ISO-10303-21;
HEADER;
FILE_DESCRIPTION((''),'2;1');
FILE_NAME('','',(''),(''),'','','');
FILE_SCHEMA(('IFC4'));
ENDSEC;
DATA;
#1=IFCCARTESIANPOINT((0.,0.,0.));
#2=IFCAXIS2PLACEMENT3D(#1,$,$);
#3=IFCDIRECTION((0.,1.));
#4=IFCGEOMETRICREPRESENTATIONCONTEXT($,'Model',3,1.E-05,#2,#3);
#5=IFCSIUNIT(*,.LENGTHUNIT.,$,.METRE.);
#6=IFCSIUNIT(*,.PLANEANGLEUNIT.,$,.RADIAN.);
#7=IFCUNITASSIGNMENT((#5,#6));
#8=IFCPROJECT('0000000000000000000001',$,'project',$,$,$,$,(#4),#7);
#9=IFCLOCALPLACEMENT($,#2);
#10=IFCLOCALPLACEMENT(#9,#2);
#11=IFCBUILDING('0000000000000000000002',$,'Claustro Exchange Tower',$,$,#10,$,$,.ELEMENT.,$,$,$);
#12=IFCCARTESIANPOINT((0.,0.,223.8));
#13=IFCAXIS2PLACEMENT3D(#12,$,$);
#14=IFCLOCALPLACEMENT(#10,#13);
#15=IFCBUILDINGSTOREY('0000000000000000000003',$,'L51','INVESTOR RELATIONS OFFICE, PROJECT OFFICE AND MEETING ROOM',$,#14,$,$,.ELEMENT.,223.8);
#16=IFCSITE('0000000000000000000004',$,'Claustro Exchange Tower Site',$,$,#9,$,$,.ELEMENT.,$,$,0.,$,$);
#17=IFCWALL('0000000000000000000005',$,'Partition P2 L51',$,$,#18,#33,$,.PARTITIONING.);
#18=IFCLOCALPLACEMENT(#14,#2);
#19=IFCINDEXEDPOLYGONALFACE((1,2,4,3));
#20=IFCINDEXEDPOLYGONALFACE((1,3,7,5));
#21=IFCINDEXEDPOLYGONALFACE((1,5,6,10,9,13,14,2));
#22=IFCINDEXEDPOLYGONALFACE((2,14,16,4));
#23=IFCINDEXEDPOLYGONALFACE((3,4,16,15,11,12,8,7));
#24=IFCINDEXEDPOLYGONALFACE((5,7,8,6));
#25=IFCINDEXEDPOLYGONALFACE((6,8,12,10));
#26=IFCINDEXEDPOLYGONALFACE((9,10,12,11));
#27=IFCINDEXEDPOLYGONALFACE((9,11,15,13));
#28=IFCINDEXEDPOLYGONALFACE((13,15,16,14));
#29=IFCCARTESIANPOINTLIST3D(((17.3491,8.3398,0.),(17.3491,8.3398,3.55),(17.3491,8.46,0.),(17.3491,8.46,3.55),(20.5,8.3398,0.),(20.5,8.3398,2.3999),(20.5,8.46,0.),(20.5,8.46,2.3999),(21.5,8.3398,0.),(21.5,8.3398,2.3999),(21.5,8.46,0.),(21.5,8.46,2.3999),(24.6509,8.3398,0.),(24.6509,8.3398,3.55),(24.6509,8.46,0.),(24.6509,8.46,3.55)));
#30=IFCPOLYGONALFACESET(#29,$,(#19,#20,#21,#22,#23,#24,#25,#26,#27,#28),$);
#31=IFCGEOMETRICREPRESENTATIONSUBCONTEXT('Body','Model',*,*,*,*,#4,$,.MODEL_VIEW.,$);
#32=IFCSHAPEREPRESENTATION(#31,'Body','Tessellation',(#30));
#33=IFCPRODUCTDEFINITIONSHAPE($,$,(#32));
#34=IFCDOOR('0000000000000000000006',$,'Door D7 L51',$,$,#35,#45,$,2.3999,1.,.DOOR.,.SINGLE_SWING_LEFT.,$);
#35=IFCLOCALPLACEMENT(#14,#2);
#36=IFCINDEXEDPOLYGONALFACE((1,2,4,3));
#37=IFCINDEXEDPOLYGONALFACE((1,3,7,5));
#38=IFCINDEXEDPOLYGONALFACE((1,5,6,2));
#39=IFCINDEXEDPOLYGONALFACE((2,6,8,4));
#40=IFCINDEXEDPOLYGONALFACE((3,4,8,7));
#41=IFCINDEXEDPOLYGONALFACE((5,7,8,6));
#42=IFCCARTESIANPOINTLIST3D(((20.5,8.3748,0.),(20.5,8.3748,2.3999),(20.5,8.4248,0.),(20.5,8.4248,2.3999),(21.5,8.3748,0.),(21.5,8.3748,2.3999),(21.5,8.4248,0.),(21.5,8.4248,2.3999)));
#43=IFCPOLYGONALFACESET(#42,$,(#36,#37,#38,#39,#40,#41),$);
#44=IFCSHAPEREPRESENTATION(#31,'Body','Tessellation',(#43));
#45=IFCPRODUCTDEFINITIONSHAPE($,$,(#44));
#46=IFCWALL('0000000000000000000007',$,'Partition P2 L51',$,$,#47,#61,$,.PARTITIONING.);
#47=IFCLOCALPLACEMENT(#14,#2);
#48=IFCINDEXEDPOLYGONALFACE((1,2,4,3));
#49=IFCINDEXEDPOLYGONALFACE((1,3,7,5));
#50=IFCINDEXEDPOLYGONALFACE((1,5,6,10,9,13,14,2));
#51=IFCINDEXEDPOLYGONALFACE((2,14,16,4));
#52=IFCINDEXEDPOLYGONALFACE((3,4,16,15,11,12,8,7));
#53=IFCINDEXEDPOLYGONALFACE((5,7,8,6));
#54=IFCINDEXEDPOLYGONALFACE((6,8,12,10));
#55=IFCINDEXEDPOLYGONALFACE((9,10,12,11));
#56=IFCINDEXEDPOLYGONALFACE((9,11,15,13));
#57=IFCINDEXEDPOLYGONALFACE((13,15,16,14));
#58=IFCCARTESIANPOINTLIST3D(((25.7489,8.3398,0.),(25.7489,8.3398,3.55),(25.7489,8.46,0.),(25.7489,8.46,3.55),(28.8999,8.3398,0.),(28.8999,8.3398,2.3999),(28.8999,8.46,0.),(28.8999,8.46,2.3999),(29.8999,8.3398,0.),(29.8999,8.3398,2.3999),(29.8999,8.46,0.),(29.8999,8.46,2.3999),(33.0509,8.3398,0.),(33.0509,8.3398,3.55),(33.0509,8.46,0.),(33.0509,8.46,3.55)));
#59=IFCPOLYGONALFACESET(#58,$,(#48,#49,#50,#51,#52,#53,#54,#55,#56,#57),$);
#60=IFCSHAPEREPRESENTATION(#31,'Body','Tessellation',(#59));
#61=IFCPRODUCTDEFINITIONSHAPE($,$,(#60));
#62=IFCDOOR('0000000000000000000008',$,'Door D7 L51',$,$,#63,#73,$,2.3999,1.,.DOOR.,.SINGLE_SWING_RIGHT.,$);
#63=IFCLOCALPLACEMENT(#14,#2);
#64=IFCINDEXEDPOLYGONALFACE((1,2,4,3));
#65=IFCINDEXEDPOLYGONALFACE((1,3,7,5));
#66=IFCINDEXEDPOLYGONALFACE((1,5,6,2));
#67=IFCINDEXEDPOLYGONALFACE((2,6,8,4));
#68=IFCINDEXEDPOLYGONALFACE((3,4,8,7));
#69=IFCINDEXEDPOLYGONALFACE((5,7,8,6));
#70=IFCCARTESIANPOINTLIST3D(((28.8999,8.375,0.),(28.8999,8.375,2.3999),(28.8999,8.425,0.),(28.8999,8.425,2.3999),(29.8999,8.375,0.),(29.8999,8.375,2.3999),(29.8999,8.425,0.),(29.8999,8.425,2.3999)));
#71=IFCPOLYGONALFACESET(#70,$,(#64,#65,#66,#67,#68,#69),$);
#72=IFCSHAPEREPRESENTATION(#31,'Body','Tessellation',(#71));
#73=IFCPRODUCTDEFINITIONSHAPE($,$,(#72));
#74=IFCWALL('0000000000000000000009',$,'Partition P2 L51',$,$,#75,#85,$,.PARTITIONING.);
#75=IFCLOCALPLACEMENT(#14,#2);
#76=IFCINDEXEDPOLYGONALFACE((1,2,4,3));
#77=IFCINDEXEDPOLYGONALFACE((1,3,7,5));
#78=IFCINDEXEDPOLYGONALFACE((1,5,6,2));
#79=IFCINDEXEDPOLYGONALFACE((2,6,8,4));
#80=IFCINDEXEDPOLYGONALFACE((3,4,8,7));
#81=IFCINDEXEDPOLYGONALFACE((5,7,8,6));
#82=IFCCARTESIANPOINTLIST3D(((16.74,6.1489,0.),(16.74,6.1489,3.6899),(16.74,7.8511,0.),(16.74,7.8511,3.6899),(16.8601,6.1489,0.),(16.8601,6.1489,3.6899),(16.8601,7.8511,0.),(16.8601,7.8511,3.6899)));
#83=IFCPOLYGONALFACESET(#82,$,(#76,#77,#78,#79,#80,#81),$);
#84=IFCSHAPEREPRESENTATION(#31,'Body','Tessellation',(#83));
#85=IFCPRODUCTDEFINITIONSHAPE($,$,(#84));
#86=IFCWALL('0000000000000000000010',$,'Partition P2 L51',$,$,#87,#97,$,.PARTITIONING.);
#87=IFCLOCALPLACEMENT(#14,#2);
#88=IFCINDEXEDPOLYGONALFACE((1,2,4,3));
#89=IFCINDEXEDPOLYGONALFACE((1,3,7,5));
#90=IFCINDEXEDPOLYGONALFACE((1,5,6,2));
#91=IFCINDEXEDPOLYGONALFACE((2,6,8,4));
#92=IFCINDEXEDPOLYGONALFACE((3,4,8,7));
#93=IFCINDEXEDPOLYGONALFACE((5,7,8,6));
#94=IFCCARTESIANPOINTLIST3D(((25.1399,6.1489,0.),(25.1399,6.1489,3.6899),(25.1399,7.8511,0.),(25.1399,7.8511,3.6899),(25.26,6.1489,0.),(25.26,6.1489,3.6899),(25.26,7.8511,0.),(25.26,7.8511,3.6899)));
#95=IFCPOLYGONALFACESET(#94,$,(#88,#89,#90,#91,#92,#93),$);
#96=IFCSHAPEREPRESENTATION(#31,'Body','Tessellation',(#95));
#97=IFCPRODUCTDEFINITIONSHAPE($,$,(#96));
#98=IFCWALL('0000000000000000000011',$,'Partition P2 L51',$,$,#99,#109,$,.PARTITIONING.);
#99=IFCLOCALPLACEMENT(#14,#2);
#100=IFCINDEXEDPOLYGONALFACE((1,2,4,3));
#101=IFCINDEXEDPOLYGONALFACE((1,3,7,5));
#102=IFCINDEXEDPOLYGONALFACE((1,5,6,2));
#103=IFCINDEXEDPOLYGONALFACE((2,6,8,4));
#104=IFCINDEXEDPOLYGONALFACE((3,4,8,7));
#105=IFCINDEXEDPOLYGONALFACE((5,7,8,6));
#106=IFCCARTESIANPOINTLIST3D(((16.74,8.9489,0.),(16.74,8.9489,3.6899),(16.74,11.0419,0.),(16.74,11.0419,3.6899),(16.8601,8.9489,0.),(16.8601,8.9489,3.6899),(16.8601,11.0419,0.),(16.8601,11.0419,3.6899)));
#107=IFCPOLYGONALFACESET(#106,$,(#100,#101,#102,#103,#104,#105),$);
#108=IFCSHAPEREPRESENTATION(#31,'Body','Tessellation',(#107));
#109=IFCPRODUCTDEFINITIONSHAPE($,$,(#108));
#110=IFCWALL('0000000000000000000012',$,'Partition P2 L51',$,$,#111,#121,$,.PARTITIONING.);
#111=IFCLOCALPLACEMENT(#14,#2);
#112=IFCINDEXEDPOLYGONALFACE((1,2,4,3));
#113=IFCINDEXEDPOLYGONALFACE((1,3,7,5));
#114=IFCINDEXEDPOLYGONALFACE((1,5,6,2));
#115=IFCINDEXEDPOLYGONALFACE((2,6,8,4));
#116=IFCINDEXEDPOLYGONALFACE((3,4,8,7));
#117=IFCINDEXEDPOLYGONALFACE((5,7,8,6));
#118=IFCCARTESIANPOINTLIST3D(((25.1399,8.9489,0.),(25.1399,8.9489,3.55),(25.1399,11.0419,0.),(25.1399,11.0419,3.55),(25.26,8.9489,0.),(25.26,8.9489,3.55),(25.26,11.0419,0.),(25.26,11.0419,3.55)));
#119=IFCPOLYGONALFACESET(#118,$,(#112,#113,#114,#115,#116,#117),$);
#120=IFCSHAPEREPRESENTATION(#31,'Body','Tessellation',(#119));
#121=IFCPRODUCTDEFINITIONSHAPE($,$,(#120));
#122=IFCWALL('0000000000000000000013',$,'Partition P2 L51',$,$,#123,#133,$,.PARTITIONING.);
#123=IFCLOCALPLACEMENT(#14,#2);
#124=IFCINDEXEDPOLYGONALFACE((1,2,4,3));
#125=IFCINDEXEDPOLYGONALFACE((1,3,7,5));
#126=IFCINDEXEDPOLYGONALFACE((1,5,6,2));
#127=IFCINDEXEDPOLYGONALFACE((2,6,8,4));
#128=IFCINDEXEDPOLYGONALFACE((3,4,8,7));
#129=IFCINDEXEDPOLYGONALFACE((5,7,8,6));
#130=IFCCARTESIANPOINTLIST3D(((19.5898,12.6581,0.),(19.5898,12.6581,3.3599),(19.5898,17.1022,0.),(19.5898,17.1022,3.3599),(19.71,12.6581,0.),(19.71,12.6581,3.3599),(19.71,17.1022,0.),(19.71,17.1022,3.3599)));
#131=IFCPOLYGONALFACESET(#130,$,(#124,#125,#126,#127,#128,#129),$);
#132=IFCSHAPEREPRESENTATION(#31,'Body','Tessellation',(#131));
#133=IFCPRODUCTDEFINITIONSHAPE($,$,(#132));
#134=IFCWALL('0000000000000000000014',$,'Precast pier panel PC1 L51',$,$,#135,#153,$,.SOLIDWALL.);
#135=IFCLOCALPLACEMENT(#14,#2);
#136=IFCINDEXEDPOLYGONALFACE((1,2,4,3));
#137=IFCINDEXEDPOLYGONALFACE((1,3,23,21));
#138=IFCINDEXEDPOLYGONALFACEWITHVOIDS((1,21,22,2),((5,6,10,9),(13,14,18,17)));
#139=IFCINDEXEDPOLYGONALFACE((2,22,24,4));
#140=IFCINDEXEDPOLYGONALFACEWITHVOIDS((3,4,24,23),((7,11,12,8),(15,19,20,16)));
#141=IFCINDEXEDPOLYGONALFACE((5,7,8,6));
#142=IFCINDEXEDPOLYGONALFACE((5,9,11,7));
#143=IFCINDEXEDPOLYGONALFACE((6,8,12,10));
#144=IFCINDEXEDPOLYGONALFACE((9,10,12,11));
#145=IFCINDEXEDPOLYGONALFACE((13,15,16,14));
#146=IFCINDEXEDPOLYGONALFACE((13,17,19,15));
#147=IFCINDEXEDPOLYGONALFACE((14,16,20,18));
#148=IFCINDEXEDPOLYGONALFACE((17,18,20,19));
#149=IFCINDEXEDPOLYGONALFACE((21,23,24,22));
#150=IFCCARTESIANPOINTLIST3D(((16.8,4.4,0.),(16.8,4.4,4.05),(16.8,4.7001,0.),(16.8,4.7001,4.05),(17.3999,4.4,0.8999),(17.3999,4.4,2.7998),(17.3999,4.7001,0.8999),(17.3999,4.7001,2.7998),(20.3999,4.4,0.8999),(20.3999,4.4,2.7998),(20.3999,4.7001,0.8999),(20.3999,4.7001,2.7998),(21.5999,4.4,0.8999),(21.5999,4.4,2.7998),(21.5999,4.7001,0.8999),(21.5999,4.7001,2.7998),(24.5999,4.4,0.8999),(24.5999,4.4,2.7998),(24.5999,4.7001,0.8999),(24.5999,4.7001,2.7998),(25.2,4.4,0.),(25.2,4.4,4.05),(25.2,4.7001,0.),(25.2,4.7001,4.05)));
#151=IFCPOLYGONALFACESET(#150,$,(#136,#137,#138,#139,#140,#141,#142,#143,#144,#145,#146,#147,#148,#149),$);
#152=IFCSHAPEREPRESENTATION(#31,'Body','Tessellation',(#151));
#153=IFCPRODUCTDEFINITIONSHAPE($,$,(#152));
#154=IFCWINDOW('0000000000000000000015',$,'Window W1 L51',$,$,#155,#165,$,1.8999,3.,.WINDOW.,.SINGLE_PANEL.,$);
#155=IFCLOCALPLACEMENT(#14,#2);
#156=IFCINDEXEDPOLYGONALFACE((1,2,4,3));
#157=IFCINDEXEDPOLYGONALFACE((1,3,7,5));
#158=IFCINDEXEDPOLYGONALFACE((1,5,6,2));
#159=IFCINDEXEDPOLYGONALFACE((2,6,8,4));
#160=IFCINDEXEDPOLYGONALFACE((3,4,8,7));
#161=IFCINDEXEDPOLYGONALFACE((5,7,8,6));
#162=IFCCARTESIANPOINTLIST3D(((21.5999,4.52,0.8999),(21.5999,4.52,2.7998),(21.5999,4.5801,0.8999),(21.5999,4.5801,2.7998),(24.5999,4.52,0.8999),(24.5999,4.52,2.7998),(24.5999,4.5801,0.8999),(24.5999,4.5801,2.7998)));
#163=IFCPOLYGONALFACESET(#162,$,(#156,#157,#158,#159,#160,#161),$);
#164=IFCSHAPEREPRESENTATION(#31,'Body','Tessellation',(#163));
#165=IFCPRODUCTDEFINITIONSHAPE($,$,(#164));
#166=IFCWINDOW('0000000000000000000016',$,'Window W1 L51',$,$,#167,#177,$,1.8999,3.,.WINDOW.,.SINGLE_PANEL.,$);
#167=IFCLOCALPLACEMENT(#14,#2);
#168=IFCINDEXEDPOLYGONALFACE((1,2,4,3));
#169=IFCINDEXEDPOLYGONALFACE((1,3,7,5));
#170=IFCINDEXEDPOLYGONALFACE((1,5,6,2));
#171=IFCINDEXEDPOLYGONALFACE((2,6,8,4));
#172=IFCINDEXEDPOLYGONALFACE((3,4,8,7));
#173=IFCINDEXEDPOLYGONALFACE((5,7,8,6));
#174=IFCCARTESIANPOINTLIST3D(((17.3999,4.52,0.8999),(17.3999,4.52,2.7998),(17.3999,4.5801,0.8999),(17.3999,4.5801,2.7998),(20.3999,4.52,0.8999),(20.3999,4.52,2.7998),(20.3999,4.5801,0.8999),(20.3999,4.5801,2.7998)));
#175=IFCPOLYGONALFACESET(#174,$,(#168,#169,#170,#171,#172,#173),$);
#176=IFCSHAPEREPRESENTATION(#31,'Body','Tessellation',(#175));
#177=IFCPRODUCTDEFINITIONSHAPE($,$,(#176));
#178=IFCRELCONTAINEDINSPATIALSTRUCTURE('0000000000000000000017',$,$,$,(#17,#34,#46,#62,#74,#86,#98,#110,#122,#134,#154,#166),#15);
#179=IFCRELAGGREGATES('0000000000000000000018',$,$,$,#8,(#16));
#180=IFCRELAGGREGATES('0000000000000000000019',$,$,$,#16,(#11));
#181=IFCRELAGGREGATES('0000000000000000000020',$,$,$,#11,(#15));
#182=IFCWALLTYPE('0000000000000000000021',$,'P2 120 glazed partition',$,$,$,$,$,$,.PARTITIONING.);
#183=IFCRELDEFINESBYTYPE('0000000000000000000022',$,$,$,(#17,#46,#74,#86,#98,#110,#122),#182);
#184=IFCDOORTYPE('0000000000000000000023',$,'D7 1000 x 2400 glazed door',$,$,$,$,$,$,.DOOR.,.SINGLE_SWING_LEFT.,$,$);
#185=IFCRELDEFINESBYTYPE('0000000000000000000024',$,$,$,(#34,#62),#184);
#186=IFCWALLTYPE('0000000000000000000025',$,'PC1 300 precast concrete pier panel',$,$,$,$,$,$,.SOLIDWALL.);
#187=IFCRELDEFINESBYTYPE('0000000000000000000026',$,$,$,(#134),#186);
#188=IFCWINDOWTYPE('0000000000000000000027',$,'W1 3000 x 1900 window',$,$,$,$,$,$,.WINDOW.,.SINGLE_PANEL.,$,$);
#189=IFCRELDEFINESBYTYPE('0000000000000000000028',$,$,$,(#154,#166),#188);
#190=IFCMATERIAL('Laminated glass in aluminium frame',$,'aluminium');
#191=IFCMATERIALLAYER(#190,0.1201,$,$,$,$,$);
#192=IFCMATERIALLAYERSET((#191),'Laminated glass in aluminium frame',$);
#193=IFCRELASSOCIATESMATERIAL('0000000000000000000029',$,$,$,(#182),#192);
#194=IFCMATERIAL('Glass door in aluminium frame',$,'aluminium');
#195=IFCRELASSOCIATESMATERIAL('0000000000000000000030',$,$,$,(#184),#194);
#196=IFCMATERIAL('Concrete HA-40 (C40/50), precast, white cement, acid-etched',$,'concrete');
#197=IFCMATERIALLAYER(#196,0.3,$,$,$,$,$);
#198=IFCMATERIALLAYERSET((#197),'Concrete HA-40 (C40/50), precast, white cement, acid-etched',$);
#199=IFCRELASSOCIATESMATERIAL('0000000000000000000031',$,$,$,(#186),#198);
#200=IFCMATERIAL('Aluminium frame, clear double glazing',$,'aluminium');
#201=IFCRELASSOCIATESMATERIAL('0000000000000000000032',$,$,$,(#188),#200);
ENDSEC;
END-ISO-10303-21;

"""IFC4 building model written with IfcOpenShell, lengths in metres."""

from ifc_helpers import new_model, si_unit, direction, frame, frame_2d, origin, place, context, subcontext, project, spatial, rectangle, extrude, material, layer, layer_set, type_object, element, fill, save


model = new_model("IFC4")

# Units and contexts
model_context = context("Model", 3, precision=1e-05, world=origin(), true_north=direction((0.0, 1.0)))
body_context = subcontext(model_context, "Body", "Model", "MODEL_VIEW")
ifc_project = project(units=[si_unit("LENGTHUNIT", "METRE"), si_unit("PLANEANGLEUNIT", "RADIAN")], contexts=[model_context])

# Site, building, storey
site_placement = place(None, origin())
site = spatial("IfcSite", under=ifc_project, at=site_placement, Name="Claustro Exchange Tower Site", CompositionType="ELEMENT", RefElevation=0.0)
building_placement = place(site_placement, origin())
building = spatial("IfcBuilding", under=site, at=building_placement, Name="Claustro Exchange Tower", CompositionType="ELEMENT")
storey_placement = place(building_placement, frame((0.0, 0.0, 223.8)))
storey = spatial("IfcBuildingStorey", under=building, at=storey_placement, Name="L51", Description="INVESTOR RELATIONS OFFICE, PROJECT OFFICE AND MEETING ROOM", CompositionType="ELEMENT", Elevation=223.8)

# Walls, openings, doors
ifc_material_1 = material(Name="Laminated glass in aluminium frame", Category="aluminium")
ifc_layer_1 = layer(ifc_material_1, 0.1201)
ifc_layer_set_1 = layer_set([ifc_layer_1], Name="Laminated glass in aluminium frame")
wall_type_1 = type_object("IfcWallType", Name="P2 120 glazed partition", PredefinedType="PARTITIONING", material=ifc_layer_set_1)
wall_1_placement = place(storey_placement, frame((17.3491, 8.3999, 0.0), z_axis=(0.0, 0.0, 1.0), x_axis=(1.0, 0.0, 0.0)))
wall_1 = element("IfcWall", 1, at=wall_1_placement, inside=storey, type_object=wall_type_1, Name="Partition P2 L51", PredefinedType="PARTITIONING", context=body_context, shape_type="SweptSolid", body=[
    extrude(rectangle(XDim=7.3018, YDim=0.1201, at=frame_2d((3.6509, 0.0))), origin(), (0.0, 0.0, 1.0), 3.55),
])
opening_1_placement = place(wall_1_placement, frame((3.1509, 0.0, 0.0)))
opening_1 = element("IfcOpeningElement", 2, at=opening_1_placement, cuts=wall_1, PredefinedType="OPENING", context=body_context, shape_type="SweptSolid", body=[
    extrude(rectangle(XDim=1.0, YDim=2.3999, at=frame_2d((0.5, 1.2))), frame((0.0, 0.0701, 0.0), z_axis=(0.0, -1.0, 0.0), x_axis=(1.0, 0.0, 0.0)), (0.0, 0.0, 1.0), 0.1401),
])
ifc_material_2 = material(Name="Glass door in aluminium frame", Category="aluminium")
door_type = type_object("IfcDoorType", Name="D7 1000 x 2400 glazed door", OperationType="SINGLE_SWING_LEFT", PredefinedType="DOOR", material=ifc_material_2)
door_1_placement = place(opening_1_placement, origin())
door_1 = element("IfcDoor", 3, at=door_1_placement, inside=storey, type_object=door_type, Name="Door D7 L51", OperationType="SINGLE_SWING_LEFT", OverallHeight=2.3999, OverallWidth=1.0, PredefinedType="DOOR", context=body_context, shape_type="SweptSolid", body=[
    extrude(rectangle(XDim=1.0, YDim=2.3999, at=frame_2d((0.5, 1.2))), frame((0.0, 0.0249, 0.0), z_axis=(0.0, -1.0, 0.0), x_axis=(1.0, 0.0, 0.0)), (0.0, 0.0, 1.0), 0.05),
])
fill(opening_1, door_1)
wall_2_placement = place(storey_placement, frame((25.749, 8.3999, 0.0), z_axis=(0.0, 0.0, 1.0), x_axis=(1.0, 0.0, 0.0)))
wall_2 = element("IfcWall", 4, at=wall_2_placement, inside=storey, type_object=wall_type_1, Name="Partition P2 L51", PredefinedType="PARTITIONING", context=body_context, shape_type="SweptSolid", body=[
    extrude(rectangle(XDim=7.302, YDim=0.1201, at=frame_2d((3.6509, 0.0))), origin(), (0.0, 0.0, 1.0), 3.55),
])
opening_2_placement = place(wall_2_placement, frame((3.1509, 0.0, 0.0)))
opening_2 = element("IfcOpeningElement", 5, at=opening_2_placement, cuts=wall_2, PredefinedType="OPENING", context=body_context, shape_type="SweptSolid", body=[
    extrude(rectangle(XDim=1.0, YDim=2.3999, at=frame_2d((0.5, 1.2))), frame((0.0, 0.0701, 0.0), z_axis=(0.0, -1.0, 0.0), x_axis=(1.0, 0.0, 0.0)), (0.0, 0.0, 1.0), 0.1401),
])
door_2_placement = place(opening_2_placement, frame((1.0, 0.0, 0.0), z_axis=(0.0, 0.0, 1.0), x_axis=(-1.0, 0.0, 0.0)))
door_2 = element("IfcDoor", 6, at=door_2_placement, inside=storey, type_object=door_type, Name="Door D7 L51", OperationType="SINGLE_SWING_RIGHT", OverallHeight=2.3999, OverallWidth=1.0, PredefinedType="DOOR", context=body_context, shape_type="SweptSolid", body=[
    extrude(rectangle(XDim=1.0, YDim=2.3999, at=frame_2d((0.5, 1.2))), frame((0.0, 0.0249, 0.0), z_axis=(0.0, -1.0, 0.0), x_axis=(1.0, 0.0, 0.0)), (0.0, 0.0, 1.0), 0.05),
])
fill(opening_2, door_2)

# Walls
for number, where, z_axis, x_axis, name in (
    (7, (16.8, 6.1489, 0.0), (0.0, 0.0, 1.0), (0.0, 1.0, 0.0), "Partition P2 L51"),
    (8, (25.2, 6.1489, 0.0), (0.0, 0.0, 1.0), (0.0, 1.0, 0.0), "Partition P2 L51"),
):
    element("IfcWall", number, at=place(storey_placement, frame(where, z_axis=z_axis, x_axis=x_axis)), inside=storey, type_object=wall_type_1, Name=name, PredefinedType="PARTITIONING", context=body_context, shape_type="SweptSolid", body=[
        extrude(rectangle(XDim=1.7021, YDim=0.1201, at=frame_2d((0.8511, 0.0))), origin(), (0.0, 0.0, 1.0), 3.6899),
    ])
wall_3_placement = place(storey_placement, frame((16.8, 8.949, 0.0), z_axis=(0.0, 0.0, 1.0), x_axis=(0.0, 1.0, 0.0)))
element("IfcWall", 9, at=wall_3_placement, inside=storey, type_object=wall_type_1, Name="Partition P2 L51", PredefinedType="PARTITIONING", context=body_context, shape_type="SweptSolid", body=[
    extrude(rectangle(XDim=2.093, YDim=0.1201, at=frame_2d((1.0464, 0.0))), origin(), (0.0, 0.0, 1.0), 3.6899),
])
wall_4_placement = place(storey_placement, frame((25.2, 8.949, 0.0), z_axis=(0.0, 0.0, 1.0), x_axis=(0.0, 1.0, 0.0)))
element("IfcWall", 10, at=wall_4_placement, inside=storey, type_object=wall_type_1, Name="Partition P2 L51", PredefinedType="PARTITIONING", context=body_context, shape_type="SweptSolid", body=[
    extrude(rectangle(XDim=2.093, YDim=0.1201, at=frame_2d((1.0464, 0.0))), origin(), (0.0, 0.0, 1.0), 3.55),
])
wall_5_placement = place(storey_placement, frame((19.6499, 12.658, 0.0), z_axis=(0.0, 0.0, 1.0), x_axis=(0.0, 1.0, 0.0)))
element("IfcWall", 11, at=wall_5_placement, inside=storey, type_object=wall_type_1, Name="Partition P2 L51", PredefinedType="PARTITIONING", context=body_context, shape_type="SweptSolid", body=[
    extrude(rectangle(XDim=4.4441, YDim=0.1201, at=frame_2d((2.2222, 0.0))), origin(), (0.0, 0.0, 1.0), 3.3599),
])

# Wall, openings, windows
ifc_material_3 = material(Name="Concrete HA-40 (C40/50), precast, white cement, acid-etched", Category="concrete")
ifc_layer_2 = layer(ifc_material_3, 0.3)
ifc_layer_set_2 = layer_set([ifc_layer_2], Name="Concrete HA-40 (C40/50), precast, white cement, acid-etched")
wall_type_2 = type_object("IfcWallType", Name="PC1 300 precast concrete pier panel", PredefinedType="SOLIDWALL", material=ifc_layer_set_2)
wall_6_placement = place(storey_placement, frame((25.2, 4.55, 0.0), z_axis=(0.0, 0.0, 1.0), x_axis=(-1.0, 0.0, 0.0)))
wall_6 = element("IfcWall", 12, at=wall_6_placement, inside=storey, type_object=wall_type_2, Name="Precast pier panel PC1 L51", PredefinedType="SOLIDWALL", context=body_context, shape_type="SweptSolid", body=[
    extrude(rectangle(XDim=8.3999, YDim=0.3, at=frame_2d((4.2, 0.0))), origin(), (0.0, 0.0, 1.0), 4.05),
])
opening_3_placement = place(wall_6_placement, frame((0.6001, 0.0, 0.8999)))
opening_3 = element("IfcOpeningElement", 13, at=opening_3_placement, cuts=wall_6, PredefinedType="OPENING", context=body_context, shape_type="SweptSolid", body=[
    extrude(rectangle(XDim=3.0, YDim=1.8999, at=frame_2d((1.5, 0.95))), frame((0.0, 0.1599, 0.0), z_axis=(0.0, -1.0, 0.0), x_axis=(1.0, 0.0, 0.0)), (0.0, 0.0, 1.0), 0.3201),
])
opening_4_placement = place(wall_6_placement, frame((4.8, 0.0, 0.8999)))
opening_4 = element("IfcOpeningElement", 14, at=opening_4_placement, cuts=wall_6, PredefinedType="OPENING", context=body_context, shape_type="SweptSolid", body=[
    extrude(rectangle(XDim=3.0, YDim=1.8999, at=frame_2d((1.5, 0.95))), frame((0.0, 0.1599, 0.0), z_axis=(0.0, -1.0, 0.0), x_axis=(1.0, 0.0, 0.0)), (0.0, 0.0, 1.0), 0.3201),
])
ifc_material_4 = material(Name="Aluminium frame, clear double glazing", Category="aluminium")
window_type = type_object("IfcWindowType", Name="W1 3000 x 1900 window", PartitioningType="SINGLE_PANEL", PredefinedType="WINDOW", material=ifc_material_4)
window_1_placement = place(opening_3_placement, origin())
window_1 = element("IfcWindow", 15, at=window_1_placement, inside=storey, type_object=window_type, Name="Window W1 L51", OverallHeight=1.8999, OverallWidth=3.0, PartitioningType="SINGLE_PANEL", PredefinedType="WINDOW", context=body_context, shape_type="SweptSolid", body=[
    extrude(rectangle(XDim=3.0, YDim=1.8999, at=frame_2d((1.5, 0.95))), frame((0.0, 0.03, 0.0), z_axis=(0.0, -1.0, 0.0), x_axis=(1.0, 0.0, 0.0)), (0.0, 0.0, 1.0), 0.0601),
])
fill(opening_3, window_1)
window_2_placement = place(opening_4_placement, origin())
window_2 = element("IfcWindow", 16, at=window_2_placement, inside=storey, type_object=window_type, Name="Window W1 L51", OverallHeight=1.8999, OverallWidth=3.0, PartitioningType="SINGLE_PANEL", PredefinedType="WINDOW", context=body_context, shape_type="SweptSolid", body=[
    extrude(rectangle(XDim=3.0, YDim=1.8999, at=frame_2d((1.5, 0.95))), frame((0.0, 0.03, 0.0), z_axis=(0.0, -1.0, 0.0), x_axis=(1.0, 0.0, 0.0)), (0.0, 0.0, 1.0), 0.0601),
])
fill(opening_4, window_2)

save(model, "model.ifc")
